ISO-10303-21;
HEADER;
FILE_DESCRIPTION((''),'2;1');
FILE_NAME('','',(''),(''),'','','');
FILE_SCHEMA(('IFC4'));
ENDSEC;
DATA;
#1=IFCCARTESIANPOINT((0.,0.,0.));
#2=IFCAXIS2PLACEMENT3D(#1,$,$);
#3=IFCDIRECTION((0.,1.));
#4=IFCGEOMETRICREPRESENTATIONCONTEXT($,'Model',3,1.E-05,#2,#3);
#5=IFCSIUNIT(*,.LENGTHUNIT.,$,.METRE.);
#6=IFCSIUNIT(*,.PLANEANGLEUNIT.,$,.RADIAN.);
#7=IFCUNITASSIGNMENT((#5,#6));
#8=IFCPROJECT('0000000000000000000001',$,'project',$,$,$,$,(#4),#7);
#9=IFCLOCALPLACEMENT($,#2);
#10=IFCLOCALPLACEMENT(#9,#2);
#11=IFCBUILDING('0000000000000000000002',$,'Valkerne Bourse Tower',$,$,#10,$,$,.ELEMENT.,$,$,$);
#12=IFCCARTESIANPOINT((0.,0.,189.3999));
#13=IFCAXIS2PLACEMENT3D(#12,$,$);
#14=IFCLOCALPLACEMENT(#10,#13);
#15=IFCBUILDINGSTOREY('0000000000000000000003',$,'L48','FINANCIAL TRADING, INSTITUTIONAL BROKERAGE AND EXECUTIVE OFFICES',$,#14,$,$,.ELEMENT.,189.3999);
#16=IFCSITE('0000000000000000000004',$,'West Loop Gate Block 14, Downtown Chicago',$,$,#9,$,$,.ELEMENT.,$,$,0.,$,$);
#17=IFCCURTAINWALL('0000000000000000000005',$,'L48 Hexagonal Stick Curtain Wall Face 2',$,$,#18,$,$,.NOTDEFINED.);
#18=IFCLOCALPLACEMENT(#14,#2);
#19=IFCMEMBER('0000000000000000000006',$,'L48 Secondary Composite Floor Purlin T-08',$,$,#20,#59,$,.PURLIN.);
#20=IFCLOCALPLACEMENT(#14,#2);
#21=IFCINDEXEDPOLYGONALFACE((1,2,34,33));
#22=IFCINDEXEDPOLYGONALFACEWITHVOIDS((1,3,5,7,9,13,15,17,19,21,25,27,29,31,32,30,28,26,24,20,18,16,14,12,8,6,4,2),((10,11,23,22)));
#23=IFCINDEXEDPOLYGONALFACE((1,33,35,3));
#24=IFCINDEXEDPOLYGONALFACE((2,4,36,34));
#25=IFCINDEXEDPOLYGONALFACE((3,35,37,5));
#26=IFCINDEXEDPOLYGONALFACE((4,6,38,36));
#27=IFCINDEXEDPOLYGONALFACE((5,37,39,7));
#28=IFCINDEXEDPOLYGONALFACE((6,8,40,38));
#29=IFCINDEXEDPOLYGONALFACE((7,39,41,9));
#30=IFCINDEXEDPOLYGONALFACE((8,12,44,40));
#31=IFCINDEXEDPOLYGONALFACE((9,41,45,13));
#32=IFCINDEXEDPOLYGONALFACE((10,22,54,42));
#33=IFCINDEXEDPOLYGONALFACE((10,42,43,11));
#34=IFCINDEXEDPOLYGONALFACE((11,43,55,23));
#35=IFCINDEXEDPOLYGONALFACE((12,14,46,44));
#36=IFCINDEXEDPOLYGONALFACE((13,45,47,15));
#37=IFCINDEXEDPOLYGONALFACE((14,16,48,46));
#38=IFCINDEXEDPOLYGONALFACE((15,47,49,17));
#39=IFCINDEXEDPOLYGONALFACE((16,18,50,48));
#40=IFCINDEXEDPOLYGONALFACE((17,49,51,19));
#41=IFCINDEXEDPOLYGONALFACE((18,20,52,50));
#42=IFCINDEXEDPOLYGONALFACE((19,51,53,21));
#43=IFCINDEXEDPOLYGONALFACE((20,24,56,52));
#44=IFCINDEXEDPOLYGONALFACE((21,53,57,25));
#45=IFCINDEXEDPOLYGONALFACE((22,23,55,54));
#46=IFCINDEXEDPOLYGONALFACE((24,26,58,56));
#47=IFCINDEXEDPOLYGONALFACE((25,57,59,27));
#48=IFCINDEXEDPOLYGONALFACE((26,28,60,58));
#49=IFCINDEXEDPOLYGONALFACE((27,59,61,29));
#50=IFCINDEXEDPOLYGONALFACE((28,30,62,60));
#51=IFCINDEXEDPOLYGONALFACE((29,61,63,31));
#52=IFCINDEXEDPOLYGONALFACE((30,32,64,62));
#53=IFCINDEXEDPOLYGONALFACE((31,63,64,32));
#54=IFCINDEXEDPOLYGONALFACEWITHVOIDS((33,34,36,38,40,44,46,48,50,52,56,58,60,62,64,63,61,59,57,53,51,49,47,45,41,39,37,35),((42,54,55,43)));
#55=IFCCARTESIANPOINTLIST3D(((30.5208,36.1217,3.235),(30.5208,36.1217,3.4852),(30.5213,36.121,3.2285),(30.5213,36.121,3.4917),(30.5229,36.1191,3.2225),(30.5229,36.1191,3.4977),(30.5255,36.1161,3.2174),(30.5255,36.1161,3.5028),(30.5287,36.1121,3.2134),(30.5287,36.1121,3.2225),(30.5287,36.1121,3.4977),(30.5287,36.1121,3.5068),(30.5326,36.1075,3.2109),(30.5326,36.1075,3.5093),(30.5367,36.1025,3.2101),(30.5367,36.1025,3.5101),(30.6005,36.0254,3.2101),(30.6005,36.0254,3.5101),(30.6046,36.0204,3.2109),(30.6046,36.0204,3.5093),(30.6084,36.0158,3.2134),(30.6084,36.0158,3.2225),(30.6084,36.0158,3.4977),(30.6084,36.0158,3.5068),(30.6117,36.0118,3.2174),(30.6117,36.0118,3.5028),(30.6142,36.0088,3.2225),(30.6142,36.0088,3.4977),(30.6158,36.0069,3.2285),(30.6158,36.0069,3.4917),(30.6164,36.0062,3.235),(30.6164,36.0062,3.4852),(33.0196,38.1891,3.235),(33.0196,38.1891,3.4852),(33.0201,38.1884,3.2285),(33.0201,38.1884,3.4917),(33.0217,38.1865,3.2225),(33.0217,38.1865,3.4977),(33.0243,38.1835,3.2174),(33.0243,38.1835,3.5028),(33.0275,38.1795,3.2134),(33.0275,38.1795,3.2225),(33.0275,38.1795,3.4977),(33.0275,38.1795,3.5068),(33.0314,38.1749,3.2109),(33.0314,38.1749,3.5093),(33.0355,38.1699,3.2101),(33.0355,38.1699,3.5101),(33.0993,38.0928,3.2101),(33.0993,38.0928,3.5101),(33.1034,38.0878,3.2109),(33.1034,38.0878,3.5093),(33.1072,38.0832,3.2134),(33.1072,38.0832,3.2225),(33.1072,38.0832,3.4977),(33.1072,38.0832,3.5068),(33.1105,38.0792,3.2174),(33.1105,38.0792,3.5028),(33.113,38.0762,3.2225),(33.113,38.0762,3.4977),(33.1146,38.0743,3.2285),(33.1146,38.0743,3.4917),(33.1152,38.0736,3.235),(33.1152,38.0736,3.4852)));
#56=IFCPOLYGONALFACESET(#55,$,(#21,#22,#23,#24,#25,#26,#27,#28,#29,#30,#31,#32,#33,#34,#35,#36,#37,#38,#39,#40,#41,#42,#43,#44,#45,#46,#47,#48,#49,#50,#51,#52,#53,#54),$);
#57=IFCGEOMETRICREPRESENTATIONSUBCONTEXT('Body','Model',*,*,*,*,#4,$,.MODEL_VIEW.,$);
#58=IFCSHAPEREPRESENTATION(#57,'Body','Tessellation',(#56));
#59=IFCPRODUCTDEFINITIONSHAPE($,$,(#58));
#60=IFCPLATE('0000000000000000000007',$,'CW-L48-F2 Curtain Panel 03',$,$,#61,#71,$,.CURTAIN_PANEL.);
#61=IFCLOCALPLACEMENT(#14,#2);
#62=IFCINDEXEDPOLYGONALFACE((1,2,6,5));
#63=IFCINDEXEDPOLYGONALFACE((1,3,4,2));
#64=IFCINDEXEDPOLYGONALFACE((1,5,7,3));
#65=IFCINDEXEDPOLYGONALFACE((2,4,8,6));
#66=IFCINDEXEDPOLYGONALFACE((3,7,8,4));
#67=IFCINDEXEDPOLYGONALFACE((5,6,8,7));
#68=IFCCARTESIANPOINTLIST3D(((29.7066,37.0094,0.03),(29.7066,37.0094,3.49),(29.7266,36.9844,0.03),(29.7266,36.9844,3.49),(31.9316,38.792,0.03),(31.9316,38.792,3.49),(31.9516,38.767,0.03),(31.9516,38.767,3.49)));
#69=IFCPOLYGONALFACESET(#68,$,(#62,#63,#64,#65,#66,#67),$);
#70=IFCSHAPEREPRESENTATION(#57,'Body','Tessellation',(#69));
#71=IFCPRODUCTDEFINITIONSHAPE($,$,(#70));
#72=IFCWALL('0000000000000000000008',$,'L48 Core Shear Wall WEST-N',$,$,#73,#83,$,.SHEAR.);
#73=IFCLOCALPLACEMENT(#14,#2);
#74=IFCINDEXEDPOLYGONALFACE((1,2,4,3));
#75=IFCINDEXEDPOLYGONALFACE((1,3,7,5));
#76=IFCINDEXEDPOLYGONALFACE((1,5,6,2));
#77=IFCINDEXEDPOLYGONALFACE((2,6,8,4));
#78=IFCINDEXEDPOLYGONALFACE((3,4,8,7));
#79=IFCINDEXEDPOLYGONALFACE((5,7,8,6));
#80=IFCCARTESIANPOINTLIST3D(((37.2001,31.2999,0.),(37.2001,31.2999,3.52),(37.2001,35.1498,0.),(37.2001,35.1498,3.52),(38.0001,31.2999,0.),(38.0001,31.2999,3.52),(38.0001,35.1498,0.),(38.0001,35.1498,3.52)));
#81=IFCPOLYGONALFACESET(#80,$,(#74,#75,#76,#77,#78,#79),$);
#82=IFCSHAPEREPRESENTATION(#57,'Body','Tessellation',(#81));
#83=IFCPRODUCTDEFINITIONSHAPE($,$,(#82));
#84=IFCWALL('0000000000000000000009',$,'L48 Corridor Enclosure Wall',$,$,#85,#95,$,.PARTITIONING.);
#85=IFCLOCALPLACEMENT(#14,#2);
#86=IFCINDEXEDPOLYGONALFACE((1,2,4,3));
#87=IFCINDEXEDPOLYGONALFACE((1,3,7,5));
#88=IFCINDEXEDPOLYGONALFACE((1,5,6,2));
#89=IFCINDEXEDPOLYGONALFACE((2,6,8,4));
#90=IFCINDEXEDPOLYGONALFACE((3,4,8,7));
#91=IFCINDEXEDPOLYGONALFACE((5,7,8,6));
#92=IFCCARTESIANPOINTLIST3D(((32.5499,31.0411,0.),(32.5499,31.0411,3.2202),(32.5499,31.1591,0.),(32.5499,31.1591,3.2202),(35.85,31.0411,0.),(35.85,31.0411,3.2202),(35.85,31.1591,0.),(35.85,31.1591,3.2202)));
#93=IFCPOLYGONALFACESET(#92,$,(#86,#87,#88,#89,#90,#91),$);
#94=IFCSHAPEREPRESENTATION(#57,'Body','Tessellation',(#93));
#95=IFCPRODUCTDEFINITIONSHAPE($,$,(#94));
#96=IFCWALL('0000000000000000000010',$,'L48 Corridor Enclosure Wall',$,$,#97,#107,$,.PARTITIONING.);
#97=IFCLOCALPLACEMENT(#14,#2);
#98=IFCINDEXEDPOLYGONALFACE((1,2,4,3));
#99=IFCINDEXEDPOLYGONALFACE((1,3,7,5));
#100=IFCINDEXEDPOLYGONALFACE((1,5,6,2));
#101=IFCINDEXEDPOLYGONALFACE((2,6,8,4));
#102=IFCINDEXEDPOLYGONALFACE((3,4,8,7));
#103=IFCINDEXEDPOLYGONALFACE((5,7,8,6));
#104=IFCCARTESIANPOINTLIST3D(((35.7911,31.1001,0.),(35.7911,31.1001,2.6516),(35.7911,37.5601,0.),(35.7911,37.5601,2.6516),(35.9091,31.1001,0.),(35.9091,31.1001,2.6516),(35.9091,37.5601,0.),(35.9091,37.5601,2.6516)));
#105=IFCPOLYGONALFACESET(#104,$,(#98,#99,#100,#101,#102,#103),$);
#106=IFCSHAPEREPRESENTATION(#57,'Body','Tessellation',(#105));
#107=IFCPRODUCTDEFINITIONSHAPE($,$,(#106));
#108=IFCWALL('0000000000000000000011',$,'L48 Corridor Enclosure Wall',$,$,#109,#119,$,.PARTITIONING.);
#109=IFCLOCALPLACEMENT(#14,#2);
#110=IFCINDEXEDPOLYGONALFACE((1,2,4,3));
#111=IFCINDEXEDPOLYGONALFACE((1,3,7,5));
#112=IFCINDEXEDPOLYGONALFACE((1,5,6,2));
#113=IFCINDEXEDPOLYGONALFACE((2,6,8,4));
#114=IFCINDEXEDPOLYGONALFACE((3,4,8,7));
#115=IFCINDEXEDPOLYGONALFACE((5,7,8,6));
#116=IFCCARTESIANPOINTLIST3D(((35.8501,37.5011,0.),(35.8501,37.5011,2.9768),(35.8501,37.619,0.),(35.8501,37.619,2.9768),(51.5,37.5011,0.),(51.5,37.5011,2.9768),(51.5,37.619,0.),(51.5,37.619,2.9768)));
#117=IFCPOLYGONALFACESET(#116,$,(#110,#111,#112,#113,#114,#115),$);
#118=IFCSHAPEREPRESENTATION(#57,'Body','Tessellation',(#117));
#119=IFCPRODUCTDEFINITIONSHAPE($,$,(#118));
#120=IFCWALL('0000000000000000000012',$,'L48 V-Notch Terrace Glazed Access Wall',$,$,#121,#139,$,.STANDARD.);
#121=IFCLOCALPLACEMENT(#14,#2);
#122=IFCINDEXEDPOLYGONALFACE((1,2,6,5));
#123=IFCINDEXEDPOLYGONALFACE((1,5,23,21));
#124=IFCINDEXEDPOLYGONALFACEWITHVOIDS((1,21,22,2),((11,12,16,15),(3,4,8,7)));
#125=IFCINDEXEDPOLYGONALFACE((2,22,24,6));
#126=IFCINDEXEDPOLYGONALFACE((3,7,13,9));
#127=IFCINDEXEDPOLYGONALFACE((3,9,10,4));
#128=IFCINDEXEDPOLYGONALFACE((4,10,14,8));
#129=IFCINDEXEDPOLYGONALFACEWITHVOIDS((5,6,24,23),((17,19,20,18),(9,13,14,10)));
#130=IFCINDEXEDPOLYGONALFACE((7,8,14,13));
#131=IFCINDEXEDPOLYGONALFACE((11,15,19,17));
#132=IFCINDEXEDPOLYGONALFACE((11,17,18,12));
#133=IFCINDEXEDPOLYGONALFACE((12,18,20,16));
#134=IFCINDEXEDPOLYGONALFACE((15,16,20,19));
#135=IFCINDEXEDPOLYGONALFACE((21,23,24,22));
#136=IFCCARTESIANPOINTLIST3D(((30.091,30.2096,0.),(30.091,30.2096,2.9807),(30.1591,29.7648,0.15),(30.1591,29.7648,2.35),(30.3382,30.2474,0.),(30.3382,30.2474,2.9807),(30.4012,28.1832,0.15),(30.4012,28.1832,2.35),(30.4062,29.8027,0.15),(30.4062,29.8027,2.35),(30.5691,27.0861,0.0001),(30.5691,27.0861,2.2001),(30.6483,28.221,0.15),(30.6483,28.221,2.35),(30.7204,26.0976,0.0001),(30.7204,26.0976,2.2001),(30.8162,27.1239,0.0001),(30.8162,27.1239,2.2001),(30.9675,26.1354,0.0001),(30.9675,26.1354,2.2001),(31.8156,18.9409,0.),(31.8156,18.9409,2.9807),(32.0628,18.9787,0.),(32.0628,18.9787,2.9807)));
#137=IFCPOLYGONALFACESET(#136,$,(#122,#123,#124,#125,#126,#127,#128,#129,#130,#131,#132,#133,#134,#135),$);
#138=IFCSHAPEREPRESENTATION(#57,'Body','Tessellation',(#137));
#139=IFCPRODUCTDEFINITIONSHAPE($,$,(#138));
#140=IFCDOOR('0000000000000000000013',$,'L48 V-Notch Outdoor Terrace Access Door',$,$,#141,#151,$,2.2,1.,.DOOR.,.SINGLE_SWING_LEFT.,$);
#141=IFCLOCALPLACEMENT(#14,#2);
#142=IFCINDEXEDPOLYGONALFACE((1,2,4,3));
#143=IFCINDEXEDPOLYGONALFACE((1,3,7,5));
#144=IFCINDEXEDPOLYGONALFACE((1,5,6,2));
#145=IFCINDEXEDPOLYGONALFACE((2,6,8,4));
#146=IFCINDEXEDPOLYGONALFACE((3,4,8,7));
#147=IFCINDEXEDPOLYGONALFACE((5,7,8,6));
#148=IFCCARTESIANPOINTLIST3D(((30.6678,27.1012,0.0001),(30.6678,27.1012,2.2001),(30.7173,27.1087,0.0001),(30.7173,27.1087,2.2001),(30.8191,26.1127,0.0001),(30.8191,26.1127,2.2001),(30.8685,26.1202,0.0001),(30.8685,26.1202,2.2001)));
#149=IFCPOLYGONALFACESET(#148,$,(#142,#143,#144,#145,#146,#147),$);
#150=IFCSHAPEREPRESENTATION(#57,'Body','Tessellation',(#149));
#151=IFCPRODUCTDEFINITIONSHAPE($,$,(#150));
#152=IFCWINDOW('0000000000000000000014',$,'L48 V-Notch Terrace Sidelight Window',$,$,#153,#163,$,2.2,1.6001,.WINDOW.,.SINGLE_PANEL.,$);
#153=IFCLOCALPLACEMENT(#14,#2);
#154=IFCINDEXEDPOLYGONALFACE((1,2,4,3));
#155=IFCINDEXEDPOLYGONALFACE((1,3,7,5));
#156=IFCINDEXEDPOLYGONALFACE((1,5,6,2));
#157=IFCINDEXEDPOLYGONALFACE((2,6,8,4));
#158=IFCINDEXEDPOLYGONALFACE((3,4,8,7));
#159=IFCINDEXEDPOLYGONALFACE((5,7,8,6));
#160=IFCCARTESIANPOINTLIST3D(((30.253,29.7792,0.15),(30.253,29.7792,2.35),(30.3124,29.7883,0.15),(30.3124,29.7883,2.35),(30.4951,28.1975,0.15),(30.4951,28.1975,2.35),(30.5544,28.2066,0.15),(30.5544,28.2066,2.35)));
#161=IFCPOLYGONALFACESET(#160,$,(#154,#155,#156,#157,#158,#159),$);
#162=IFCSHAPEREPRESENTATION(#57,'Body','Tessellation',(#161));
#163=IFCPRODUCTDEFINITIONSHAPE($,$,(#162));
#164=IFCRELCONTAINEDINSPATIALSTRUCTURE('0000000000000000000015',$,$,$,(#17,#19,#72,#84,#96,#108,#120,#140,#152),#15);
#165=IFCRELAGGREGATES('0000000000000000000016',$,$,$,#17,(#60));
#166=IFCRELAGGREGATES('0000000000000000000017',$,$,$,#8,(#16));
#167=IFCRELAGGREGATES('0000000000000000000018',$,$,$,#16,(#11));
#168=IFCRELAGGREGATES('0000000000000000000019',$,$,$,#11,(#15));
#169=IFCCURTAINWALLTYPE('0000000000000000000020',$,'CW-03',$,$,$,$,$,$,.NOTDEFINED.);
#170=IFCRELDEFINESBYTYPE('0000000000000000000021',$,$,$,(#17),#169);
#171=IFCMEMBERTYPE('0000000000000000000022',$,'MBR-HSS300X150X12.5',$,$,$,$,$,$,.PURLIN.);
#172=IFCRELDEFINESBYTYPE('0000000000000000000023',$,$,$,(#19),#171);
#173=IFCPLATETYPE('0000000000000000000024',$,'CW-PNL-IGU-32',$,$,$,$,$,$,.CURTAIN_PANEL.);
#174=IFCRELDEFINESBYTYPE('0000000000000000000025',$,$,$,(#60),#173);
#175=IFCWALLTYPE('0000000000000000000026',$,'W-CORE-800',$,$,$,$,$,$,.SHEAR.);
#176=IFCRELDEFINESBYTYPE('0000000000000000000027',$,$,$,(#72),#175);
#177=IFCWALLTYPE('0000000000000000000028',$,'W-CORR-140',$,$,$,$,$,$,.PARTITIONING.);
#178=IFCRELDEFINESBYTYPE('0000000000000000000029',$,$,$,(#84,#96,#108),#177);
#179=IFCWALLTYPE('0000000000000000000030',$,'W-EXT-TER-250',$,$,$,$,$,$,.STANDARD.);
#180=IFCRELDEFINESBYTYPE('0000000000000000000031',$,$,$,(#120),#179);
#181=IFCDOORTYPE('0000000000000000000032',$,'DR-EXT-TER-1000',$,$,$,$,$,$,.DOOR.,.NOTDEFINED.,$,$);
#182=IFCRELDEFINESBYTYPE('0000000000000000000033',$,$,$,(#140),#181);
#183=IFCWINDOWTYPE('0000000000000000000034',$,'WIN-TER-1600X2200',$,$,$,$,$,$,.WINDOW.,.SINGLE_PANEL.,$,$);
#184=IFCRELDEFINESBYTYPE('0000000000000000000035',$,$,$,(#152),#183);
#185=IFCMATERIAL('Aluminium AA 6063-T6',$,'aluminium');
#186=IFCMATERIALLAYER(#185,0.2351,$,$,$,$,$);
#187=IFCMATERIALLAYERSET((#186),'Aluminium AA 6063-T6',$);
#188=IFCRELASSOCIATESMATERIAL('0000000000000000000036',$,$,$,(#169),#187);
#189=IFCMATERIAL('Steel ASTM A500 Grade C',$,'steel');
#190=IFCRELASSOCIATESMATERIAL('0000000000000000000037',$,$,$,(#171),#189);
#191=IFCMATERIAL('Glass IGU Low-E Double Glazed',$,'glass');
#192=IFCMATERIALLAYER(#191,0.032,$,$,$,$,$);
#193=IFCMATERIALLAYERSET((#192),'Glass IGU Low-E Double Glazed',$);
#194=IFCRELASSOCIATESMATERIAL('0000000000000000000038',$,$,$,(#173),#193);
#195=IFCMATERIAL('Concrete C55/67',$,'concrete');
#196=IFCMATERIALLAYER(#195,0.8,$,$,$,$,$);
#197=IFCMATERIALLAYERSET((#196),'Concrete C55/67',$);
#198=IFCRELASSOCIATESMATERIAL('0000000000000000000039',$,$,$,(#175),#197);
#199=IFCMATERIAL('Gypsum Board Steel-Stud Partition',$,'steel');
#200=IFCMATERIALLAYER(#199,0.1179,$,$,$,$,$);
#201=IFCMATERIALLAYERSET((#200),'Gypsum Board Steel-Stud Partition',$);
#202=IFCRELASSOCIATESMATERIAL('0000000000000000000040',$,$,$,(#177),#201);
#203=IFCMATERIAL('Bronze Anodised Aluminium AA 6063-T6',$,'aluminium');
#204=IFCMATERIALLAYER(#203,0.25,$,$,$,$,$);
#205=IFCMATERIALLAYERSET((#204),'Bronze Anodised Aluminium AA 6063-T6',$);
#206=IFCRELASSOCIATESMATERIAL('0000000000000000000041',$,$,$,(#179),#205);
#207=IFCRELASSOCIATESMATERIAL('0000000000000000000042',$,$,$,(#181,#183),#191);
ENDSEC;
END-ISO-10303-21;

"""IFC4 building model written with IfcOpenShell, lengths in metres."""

from ifc_helpers import new_model, si_unit, direction, frame, frame_2d, origin, origin_2d, place, context, subcontext, project, spatial, rectangle, hollow_rectangle, extrude, material, layer, layer_set, material_profile, profile_set, type_object, element, fill, aggregate, save


model = new_model("IFC4")

# Units and contexts
model_context = context("Model", 3, precision=1e-05, world=origin(), true_north=direction((0.0, 1.0)))
body_context = subcontext(model_context, "Body", "Model", "MODEL_VIEW")
ifc_project = project(units=[si_unit("LENGTHUNIT", "METRE"), si_unit("PLANEANGLEUNIT", "RADIAN")], contexts=[model_context])

# Site, building, storey
site_placement = place(None, origin())
site = spatial("IfcSite", under=ifc_project, at=site_placement, Name="West Loop Gate Block 14, Downtown Chicago", CompositionType="ELEMENT", RefElevation=0.0)
building_placement = place(site_placement, origin())
building = spatial("IfcBuilding", under=site, at=building_placement, Name="Valkerne Bourse Tower", CompositionType="ELEMENT")
storey_placement = place(building_placement, frame((0.0, 0.0, 189.3999)))
storey = spatial("IfcBuildingStorey", under=building, at=storey_placement, Name="L48", Description="FINANCIAL TRADING, INSTITUTIONAL BROKERAGE AND EXECUTIVE OFFICES", CompositionType="ELEMENT", Elevation=189.3999)

# Curtain wall
ifc_material_1 = material(Name="Aluminium AA 6063-T6", Category="aluminium")
ifc_layer_1 = layer(ifc_material_1, 0.2351)
ifc_layer_set_1 = layer_set([ifc_layer_1], Name="Aluminium AA 6063-T6")
curtain_wall_type = type_object("IfcCurtainWallType", Name="CW-03", PredefinedType="NOTDEFINED", material=ifc_layer_set_1)
curtain_wall_1_placement = place(storey_placement, origin())
curtain_wall_1 = element("IfcCurtainWall", 1, at=curtain_wall_1_placement, inside=storey, type_object=curtain_wall_type, Name="L48 Hexagonal Stick Curtain Wall Face 2", PredefinedType="NOTDEFINED")

# Member
ifc_material_2 = material(Name="Bronze Anodised Aluminium AA 6063-T6", Category="aluminium")
ifc_material_3 = material(Name="Steel ASTM A500 Grade C", Category="steel")
ifc_material_profile_1 = material_profile(ifc_material_3, hollow_rectangle(XDim=0.1499, YDim=0.3, WallThickness=0.0125, OuterFilletRadius=0.0249, at=origin_2d()), Name="HSS300X150X12.5")
ifc_profile_set_1 = profile_set([ifc_material_profile_1], Name="Steel ASTM A500 Grade C")
member_type_1 = type_object("IfcMemberType", Name="MBR-HSS300X150X12.5", PredefinedType="PURLIN", material=ifc_profile_set_1)
member_1_placement = place(storey_placement, frame((33.0674, 38.1313, 3.3601), z_axis=(-0.770481, -0.637463, 0.0), x_axis=(0.637463, -0.770481, 0.0)))
element("IfcMember", 2, at=member_1_placement, inside=storey, type_object=member_type_1, Name="L48 Secondary Composite Floor Purlin T-08", PredefinedType="PURLIN", context=body_context, shape_type="SweptSolid", body=[
    extrude(hollow_rectangle(XDim=0.1499, YDim=0.3, WallThickness=0.0125, OuterFilletRadius=0.0249, at=origin_2d()), origin(), (0.0, 0.0, 1.0), 3.2432),
])

# Plate
ifc_material_4 = material(Name="Glass IGU Low-E Double Glazed", Category="glass")
ifc_layer_2 = layer(ifc_material_4, 0.032)
ifc_layer_set_2 = layer_set([ifc_layer_2], Name="Glass IGU Low-E Double Glazed")
plate_type = type_object("IfcPlateType", Name="CW-PNL-IGU-32", PredefinedType="CURTAIN_PANEL", material=ifc_layer_set_2)
plate_placement = place(storey_placement, frame((30.8291, 37.8882, 0.03), z_axis=(0.0, 0.0, 1.0), x_axis=(-0.780429, -0.625245, 0.0)))
plate = element("IfcPlate", 3, at=plate_placement, type_object=plate_type, Name="CW-L48-F2 Curtain Panel 03", PredefinedType="CURTAIN_PANEL", context=body_context, shape_type="SweptSolid", body=[
    extrude(rectangle(XDim=2.8511, YDim=0.032, at=origin_2d()), origin(), (0.0, 0.0, 1.0), 3.46),
])
aggregate(curtain_wall_1, [plate])

# Shared definitions
ifc_material_5 = material(Name="Concrete C55/67", Category="concrete")
ifc_layer_3 = layer(ifc_material_5, 0.8)
ifc_layer_set_3 = layer_set([ifc_layer_3], Name="Concrete C55/67")
wall_type_1 = type_object("IfcWallType", Name="W-CORE-800", PredefinedType="SHEAR", material=ifc_layer_set_3)

# Walls
wall_1_placement = place(storey_placement, frame((37.6001, 31.3, 0.0), z_axis=(0.0, 0.0, 1.0), x_axis=(0.0, 1.0, 0.0)))
element("IfcWall", 4, at=wall_1_placement, inside=storey, type_object=wall_type_1, Name="L48 Core Shear Wall WEST-N", PredefinedType="SHEAR", context=body_context, shape_type="SweptSolid", body=[
    extrude(rectangle(XDim=3.8499, YDim=0.8, at=frame_2d((1.9248, 0.0))), origin(), (0.0, 0.0, 1.0), 3.52),
])
ifc_material_6 = material(Name="Gypsum Board Steel-Stud Partition", Category="steel")
ifc_layer_4 = layer(ifc_material_6, 0.1179)
ifc_layer_set_4 = layer_set([ifc_layer_4], Name="Gypsum Board Steel-Stud Partition")
wall_type_2 = type_object("IfcWallType", Name="W-CORR-140", PredefinedType="PARTITIONING", material=ifc_layer_set_4)
wall_2_placement = place(storey_placement, frame((32.55, 31.1001, 0.0), z_axis=(0.0, 0.0, 1.0), x_axis=(1.0, 0.0, 0.0)))
element("IfcWall", 5, at=wall_2_placement, inside=storey, type_object=wall_type_2, Name="L48 Corridor Enclosure Wall", PredefinedType="PARTITIONING", context=body_context, shape_type="SweptSolid", body=[
    extrude(rectangle(XDim=3.3, YDim=0.1179, at=frame_2d((1.6499, 0.0))), origin(), (0.0, 0.0, 1.0), 3.2202),
])
wall_3_placement = place(storey_placement, frame((35.8501, 31.1001, 0.0), z_axis=(0.0, 0.0, 1.0), x_axis=(0.0, 1.0, 0.0)))
element("IfcWall", 6, at=wall_3_placement, inside=storey, type_object=wall_type_2, Name="L48 Corridor Enclosure Wall", PredefinedType="PARTITIONING", context=body_context, shape_type="SweptSolid", body=[
    extrude(rectangle(XDim=6.46, YDim=0.1179, at=frame_2d((3.23, 0.0))), origin(), (0.0, 0.0, 1.0), 2.6516),
])
wall_4_placement = place(storey_placement, frame((35.8501, 37.5601, 0.0), z_axis=(0.0, 0.0, 1.0), x_axis=(1.0, 0.0, 0.0)))
element("IfcWall", 7, at=wall_4_placement, inside=storey, type_object=wall_type_2, Name="L48 Corridor Enclosure Wall", PredefinedType="PARTITIONING", context=body_context, shape_type="SweptSolid", body=[
    extrude(rectangle(XDim=15.6499, YDim=0.1179, at=frame_2d((7.825, 0.0))), origin(), (0.0, 0.0, 1.0), 2.9768),
])

# Wall, openings, door, window
ifc_layer_5 = layer(ifc_material_2, 0.25)
ifc_layer_set_5 = layer_set([ifc_layer_5], Name="Bronze Anodised Aluminium AA 6063-T6")
wall_type_3 = type_object("IfcWallType", Name="W-EXT-TER-250", PredefinedType="STANDARD", material=ifc_layer_set_5)
wall_5_placement = place(storey_placement, frame((30.2146, 30.2285, 0.0), z_axis=(0.0, 0.0, 1.0), x_axis=(0.151281, -0.988491, 0.0)))
wall_5 = element("IfcWall", 8, at=wall_5_placement, inside=storey, type_object=wall_type_3, Name="L48 V-Notch Terrace Glazed Access Wall", PredefinedType="STANDARD", context=body_context, shape_type="SweptSolid", body=[
    extrude(rectangle(XDim=11.3999, YDim=0.25, at=frame_2d((5.7, 0.0))), origin(), (0.0, 0.0, 1.0), 2.9807),
])
opening_1_placement = place(wall_5_placement, frame((3.1599, 0.0, 0.0)))
opening_1 = element("IfcOpeningElement", 9, at=opening_1_placement, cuts=wall_5, PredefinedType="OPENING", context=body_context, shape_type="SweptSolid", body=[
    extrude(rectangle(XDim=1.0, YDim=2.2, at=frame_2d((0.5, 1.1001))), frame((0.0, 0.135, 0.0), z_axis=(0.0, -1.0, 0.0), x_axis=(1.0, 0.0, 0.0)), (0.0, 0.0, 1.0), 0.27),
])
opening_2_placement = place(wall_5_placement, frame((0.45, 0.0, 0.1499)))
opening_2 = element("IfcOpeningElement", 10, at=opening_2_placement, cuts=wall_5, PredefinedType="OPENING", context=body_context, shape_type="SweptSolid", body=[
    extrude(rectangle(XDim=1.6001, YDim=2.2, at=frame_2d((0.8, 1.1001))), frame((0.0, 0.135, 0.0), z_axis=(0.0, -1.0, 0.0), x_axis=(1.0, 0.0, 0.0)), (0.0, 0.0, 1.0), 0.27),
])
door_type_1 = type_object("IfcDoorType", Name="DR-EXT-TER-1000", OperationType="NOTDEFINED", PredefinedType="DOOR", material=ifc_material_4)
door_1_placement = place(opening_1_placement, origin())
door_1 = element("IfcDoor", 11, at=door_1_placement, inside=storey, type_object=door_type_1, Name="L48 V-Notch Outdoor Terrace Access Door", OperationType="SINGLE_SWING_LEFT", OverallHeight=2.2, OverallWidth=1.0, PredefinedType="DOOR", context=body_context, shape_type="SweptSolid", body=[
    extrude(rectangle(XDim=1.0, YDim=2.2, at=frame_2d((0.5, 1.1001))), frame((0.0, 0.0249, 0.0), z_axis=(0.0, -1.0, 0.0), x_axis=(1.0, 0.0, 0.0)), (0.0, 0.0, 1.0), 0.05),
])
fill(opening_1, door_1)
window_type = type_object("IfcWindowType", Name="WIN-TER-1600X2200", PartitioningType="SINGLE_PANEL", PredefinedType="WINDOW", material=ifc_material_4)
window_placement = place(opening_2_placement, origin())
window = element("IfcWindow", 12, at=window_placement, inside=storey, type_object=window_type, Name="L48 V-Notch Terrace Sidelight Window", OverallHeight=2.2, OverallWidth=1.6001, PartitioningType="SINGLE_PANEL", PredefinedType="WINDOW", context=body_context, shape_type="SweptSolid", body=[
    extrude(rectangle(XDim=1.6001, YDim=2.2, at=frame_2d((0.8, 1.1001))), frame((0.0, 0.03, 0.0), z_axis=(0.0, -1.0, 0.0), x_axis=(1.0, 0.0, 0.0)), (0.0, 0.0, 1.0), 0.0601),
])
fill(opening_2, window)

save(model, "model.ifc")
